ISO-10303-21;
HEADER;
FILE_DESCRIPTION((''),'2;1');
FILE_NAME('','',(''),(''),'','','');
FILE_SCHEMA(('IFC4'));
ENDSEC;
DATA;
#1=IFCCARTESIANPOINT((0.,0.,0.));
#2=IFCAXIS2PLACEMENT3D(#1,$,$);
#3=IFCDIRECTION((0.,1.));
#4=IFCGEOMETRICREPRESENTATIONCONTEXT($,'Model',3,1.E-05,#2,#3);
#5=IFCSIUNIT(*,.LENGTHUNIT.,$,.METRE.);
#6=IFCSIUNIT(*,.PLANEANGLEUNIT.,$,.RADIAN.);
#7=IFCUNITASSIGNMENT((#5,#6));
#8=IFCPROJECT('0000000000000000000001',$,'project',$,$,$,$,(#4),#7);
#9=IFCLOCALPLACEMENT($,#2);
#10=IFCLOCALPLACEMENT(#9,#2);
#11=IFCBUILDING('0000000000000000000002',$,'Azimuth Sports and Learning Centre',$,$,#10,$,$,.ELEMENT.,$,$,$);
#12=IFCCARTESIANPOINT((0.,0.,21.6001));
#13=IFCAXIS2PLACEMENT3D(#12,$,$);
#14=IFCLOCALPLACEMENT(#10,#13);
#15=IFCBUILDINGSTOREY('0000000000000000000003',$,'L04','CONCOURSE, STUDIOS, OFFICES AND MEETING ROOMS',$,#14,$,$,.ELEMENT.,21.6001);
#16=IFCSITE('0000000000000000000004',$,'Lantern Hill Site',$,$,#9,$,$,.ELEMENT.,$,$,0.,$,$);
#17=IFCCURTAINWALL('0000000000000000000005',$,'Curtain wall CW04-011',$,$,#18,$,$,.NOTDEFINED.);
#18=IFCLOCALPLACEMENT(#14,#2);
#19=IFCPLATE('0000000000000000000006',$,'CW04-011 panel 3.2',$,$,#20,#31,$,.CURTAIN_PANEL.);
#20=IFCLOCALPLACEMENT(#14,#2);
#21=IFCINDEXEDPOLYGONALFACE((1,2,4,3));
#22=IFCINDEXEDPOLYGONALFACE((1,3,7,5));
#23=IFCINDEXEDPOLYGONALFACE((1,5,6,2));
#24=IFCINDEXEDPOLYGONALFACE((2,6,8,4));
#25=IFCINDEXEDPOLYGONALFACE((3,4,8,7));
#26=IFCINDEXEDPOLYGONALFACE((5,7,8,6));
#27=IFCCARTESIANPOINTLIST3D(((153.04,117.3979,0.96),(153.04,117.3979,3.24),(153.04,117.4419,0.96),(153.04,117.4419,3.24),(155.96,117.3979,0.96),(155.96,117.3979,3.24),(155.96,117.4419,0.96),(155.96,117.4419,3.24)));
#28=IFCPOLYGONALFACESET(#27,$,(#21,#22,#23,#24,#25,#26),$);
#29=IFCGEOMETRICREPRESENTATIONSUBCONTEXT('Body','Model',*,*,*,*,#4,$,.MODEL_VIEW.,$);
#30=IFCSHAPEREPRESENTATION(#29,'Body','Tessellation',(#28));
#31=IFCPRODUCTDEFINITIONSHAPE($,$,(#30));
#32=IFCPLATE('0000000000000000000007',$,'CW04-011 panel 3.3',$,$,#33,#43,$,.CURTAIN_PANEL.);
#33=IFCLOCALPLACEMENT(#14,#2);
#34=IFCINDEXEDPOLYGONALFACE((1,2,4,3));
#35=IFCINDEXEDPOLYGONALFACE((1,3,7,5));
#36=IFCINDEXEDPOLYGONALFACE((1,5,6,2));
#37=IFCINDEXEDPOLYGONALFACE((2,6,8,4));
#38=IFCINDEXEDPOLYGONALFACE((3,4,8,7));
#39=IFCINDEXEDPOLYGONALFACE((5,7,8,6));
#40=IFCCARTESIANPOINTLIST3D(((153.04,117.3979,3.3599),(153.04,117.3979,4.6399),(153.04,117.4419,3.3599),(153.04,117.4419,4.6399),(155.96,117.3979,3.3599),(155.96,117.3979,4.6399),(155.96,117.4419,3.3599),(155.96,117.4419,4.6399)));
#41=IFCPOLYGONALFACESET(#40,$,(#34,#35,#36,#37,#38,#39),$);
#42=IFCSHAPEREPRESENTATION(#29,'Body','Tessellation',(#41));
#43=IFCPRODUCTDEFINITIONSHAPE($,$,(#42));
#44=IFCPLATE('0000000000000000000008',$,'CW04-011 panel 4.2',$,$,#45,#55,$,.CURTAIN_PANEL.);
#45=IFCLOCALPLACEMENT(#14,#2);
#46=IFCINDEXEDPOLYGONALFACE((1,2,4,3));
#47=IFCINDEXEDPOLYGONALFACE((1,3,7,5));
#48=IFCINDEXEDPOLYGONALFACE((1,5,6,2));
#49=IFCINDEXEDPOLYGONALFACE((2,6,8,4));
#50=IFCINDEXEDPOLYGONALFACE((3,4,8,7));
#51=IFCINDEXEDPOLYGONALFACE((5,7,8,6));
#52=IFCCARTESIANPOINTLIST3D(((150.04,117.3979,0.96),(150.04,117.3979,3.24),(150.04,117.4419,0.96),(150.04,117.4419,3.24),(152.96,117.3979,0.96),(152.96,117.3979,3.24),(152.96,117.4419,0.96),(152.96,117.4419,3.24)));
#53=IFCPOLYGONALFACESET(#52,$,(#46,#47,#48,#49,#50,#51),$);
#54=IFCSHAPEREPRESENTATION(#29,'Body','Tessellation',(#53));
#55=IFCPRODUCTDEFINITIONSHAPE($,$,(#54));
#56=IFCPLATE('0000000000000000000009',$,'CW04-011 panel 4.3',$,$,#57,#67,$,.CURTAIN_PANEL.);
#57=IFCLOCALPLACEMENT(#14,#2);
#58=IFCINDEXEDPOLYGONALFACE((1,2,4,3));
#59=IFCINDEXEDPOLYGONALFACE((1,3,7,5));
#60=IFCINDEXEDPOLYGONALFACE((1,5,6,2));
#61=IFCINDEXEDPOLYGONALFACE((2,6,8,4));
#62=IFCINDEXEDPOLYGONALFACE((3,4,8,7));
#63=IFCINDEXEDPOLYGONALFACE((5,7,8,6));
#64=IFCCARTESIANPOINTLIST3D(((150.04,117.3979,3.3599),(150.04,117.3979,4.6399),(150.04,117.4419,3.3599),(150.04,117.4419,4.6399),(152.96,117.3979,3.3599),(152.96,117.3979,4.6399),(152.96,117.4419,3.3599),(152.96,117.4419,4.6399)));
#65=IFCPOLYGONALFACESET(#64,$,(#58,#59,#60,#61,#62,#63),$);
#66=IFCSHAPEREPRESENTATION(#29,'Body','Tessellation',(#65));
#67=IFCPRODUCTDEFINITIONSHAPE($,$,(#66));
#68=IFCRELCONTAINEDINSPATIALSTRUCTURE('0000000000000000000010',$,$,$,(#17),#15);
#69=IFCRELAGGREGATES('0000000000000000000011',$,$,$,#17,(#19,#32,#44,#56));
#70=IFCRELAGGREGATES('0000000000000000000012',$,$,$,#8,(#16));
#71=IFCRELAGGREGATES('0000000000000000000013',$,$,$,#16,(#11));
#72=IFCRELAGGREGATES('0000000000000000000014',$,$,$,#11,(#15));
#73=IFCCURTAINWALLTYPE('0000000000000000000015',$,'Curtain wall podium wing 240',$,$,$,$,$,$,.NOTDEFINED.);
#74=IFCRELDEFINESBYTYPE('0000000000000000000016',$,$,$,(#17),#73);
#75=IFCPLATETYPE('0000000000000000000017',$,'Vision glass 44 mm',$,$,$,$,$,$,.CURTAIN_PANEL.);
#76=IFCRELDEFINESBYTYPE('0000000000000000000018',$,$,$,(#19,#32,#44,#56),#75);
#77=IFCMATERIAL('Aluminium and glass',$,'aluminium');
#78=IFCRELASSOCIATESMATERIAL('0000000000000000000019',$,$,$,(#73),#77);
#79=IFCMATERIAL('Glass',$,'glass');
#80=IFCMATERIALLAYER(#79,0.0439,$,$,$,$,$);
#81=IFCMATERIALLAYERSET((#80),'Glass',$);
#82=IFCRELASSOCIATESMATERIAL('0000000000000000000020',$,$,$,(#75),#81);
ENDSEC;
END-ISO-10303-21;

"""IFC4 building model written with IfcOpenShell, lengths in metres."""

from ifc_helpers import new_model, si_unit, direction, frame, origin, origin_2d, place, context, subcontext, project, spatial, rectangle, extrude, material, layer, layer_set, type_object, element, aggregate, save


model = new_model("IFC4")

# Units and contexts
model_context = context("Model", 3, precision=1e-05, world=origin(), true_north=direction((0.0, 1.0)))
body_context = subcontext(model_context, "Body", "Model", "MODEL_VIEW")
ifc_project = project(units=[si_unit("LENGTHUNIT", "METRE"), si_unit("PLANEANGLEUNIT", "RADIAN")], contexts=[model_context])

# Site, building, storey
site_placement = place(None, origin())
site = spatial("IfcSite", under=ifc_project, at=site_placement, Name="Lantern Hill Site", CompositionType="ELEMENT", RefElevation=0.0)
building_placement = place(site_placement, origin())
building = spatial("IfcBuilding", under=site, at=building_placement, Name="Azimuth Sports and Learning Centre", CompositionType="ELEMENT")
storey_placement = place(building_placement, frame((0.0, 0.0, 21.6001)))
storey = spatial("IfcBuildingStorey", under=building, at=storey_placement, Name="L04", Description="CONCOURSE, STUDIOS, OFFICES AND MEETING ROOMS", CompositionType="ELEMENT", Elevation=21.6001)

# Curtain wall, plates
ifc_material_1 = material(Name="Aluminium and glass", Category="aluminium")
curtain_wall_type = type_object("IfcCurtainWallType", Name="Curtain wall podium wing 240", PredefinedType="NOTDEFINED", material=ifc_material_1)
curtain_wall_placement = place(storey_placement, origin())
curtain_wall = element("IfcCurtainWall", 1, at=curtain_wall_placement, inside=storey, type_object=curtain_wall_type, Name="Curtain wall CW04-011", PredefinedType="NOTDEFINED")
ifc_material_2 = material(Name="Glass", Category="glass")
ifc_layer_1 = layer(ifc_material_2, 0.0439)
ifc_layer_set_1 = layer_set([ifc_layer_1], Name="Glass")
plate_type_1 = type_object("IfcPlateType", Name="Vision glass 44 mm", PredefinedType="CURTAIN_PANEL", material=ifc_layer_set_1)
plate_1_placement = place(storey_placement, frame((154.5, 117.4199, 0.96), z_axis=(0.0, 0.0, 1.0), x_axis=(-1.0, 0.0, 0.0)))
plate_1 = element("IfcPlate", 2, at=plate_1_placement, type_object=plate_type_1, Name="CW04-011 panel 3.2", PredefinedType="CURTAIN_PANEL", context=body_context, shape_type="SweptSolid", body=[
    extrude(rectangle(XDim=2.9199, YDim=0.0439, at=origin_2d()), origin(), (0.0, 0.0, 1.0), 2.28),
])
plate_2_placement = place(storey_placement, frame((154.5, 117.4199, 3.3599), z_axis=(0.0, 0.0, 1.0), x_axis=(-1.0, 0.0, 0.0)))
plate_2 = element("IfcPlate", 3, at=plate_2_placement, type_object=plate_type_1, Name="CW04-011 panel 3.3", PredefinedType="CURTAIN_PANEL", context=body_context, shape_type="SweptSolid", body=[
    extrude(rectangle(XDim=2.9199, YDim=0.0439, at=origin_2d()), origin(), (0.0, 0.0, 1.0), 1.28),
])
plate_3_placement = place(storey_placement, frame((151.5, 117.4199, 0.96), z_axis=(0.0, 0.0, 1.0), x_axis=(-1.0, 0.0, 0.0)))
plate_3 = element("IfcPlate", 4, at=plate_3_placement, type_object=plate_type_1, Name="CW04-011 panel 4.2", PredefinedType="CURTAIN_PANEL", context=body_context, shape_type="SweptSolid", body=[
    extrude(rectangle(XDim=2.9199, YDim=0.0439, at=origin_2d()), origin(), (0.0, 0.0, 1.0), 2.28),
])
plate_4_placement = place(storey_placement, frame((151.5, 117.4199, 3.3599), z_axis=(0.0, 0.0, 1.0), x_axis=(-1.0, 0.0, 0.0)))
plate_4 = element("IfcPlate", 5, at=plate_4_placement, type_object=plate_type_1, Name="CW04-011 panel 4.3", PredefinedType="CURTAIN_PANEL", context=body_context, shape_type="SweptSolid", body=[
    extrude(rectangle(XDim=2.9199, YDim=0.0439, at=origin_2d()), origin(), (0.0, 0.0, 1.0), 1.28),
])
aggregate(curtain_wall, [plate_1, plate_2, plate_3, plate_4])

save(model, "model.ifc")
